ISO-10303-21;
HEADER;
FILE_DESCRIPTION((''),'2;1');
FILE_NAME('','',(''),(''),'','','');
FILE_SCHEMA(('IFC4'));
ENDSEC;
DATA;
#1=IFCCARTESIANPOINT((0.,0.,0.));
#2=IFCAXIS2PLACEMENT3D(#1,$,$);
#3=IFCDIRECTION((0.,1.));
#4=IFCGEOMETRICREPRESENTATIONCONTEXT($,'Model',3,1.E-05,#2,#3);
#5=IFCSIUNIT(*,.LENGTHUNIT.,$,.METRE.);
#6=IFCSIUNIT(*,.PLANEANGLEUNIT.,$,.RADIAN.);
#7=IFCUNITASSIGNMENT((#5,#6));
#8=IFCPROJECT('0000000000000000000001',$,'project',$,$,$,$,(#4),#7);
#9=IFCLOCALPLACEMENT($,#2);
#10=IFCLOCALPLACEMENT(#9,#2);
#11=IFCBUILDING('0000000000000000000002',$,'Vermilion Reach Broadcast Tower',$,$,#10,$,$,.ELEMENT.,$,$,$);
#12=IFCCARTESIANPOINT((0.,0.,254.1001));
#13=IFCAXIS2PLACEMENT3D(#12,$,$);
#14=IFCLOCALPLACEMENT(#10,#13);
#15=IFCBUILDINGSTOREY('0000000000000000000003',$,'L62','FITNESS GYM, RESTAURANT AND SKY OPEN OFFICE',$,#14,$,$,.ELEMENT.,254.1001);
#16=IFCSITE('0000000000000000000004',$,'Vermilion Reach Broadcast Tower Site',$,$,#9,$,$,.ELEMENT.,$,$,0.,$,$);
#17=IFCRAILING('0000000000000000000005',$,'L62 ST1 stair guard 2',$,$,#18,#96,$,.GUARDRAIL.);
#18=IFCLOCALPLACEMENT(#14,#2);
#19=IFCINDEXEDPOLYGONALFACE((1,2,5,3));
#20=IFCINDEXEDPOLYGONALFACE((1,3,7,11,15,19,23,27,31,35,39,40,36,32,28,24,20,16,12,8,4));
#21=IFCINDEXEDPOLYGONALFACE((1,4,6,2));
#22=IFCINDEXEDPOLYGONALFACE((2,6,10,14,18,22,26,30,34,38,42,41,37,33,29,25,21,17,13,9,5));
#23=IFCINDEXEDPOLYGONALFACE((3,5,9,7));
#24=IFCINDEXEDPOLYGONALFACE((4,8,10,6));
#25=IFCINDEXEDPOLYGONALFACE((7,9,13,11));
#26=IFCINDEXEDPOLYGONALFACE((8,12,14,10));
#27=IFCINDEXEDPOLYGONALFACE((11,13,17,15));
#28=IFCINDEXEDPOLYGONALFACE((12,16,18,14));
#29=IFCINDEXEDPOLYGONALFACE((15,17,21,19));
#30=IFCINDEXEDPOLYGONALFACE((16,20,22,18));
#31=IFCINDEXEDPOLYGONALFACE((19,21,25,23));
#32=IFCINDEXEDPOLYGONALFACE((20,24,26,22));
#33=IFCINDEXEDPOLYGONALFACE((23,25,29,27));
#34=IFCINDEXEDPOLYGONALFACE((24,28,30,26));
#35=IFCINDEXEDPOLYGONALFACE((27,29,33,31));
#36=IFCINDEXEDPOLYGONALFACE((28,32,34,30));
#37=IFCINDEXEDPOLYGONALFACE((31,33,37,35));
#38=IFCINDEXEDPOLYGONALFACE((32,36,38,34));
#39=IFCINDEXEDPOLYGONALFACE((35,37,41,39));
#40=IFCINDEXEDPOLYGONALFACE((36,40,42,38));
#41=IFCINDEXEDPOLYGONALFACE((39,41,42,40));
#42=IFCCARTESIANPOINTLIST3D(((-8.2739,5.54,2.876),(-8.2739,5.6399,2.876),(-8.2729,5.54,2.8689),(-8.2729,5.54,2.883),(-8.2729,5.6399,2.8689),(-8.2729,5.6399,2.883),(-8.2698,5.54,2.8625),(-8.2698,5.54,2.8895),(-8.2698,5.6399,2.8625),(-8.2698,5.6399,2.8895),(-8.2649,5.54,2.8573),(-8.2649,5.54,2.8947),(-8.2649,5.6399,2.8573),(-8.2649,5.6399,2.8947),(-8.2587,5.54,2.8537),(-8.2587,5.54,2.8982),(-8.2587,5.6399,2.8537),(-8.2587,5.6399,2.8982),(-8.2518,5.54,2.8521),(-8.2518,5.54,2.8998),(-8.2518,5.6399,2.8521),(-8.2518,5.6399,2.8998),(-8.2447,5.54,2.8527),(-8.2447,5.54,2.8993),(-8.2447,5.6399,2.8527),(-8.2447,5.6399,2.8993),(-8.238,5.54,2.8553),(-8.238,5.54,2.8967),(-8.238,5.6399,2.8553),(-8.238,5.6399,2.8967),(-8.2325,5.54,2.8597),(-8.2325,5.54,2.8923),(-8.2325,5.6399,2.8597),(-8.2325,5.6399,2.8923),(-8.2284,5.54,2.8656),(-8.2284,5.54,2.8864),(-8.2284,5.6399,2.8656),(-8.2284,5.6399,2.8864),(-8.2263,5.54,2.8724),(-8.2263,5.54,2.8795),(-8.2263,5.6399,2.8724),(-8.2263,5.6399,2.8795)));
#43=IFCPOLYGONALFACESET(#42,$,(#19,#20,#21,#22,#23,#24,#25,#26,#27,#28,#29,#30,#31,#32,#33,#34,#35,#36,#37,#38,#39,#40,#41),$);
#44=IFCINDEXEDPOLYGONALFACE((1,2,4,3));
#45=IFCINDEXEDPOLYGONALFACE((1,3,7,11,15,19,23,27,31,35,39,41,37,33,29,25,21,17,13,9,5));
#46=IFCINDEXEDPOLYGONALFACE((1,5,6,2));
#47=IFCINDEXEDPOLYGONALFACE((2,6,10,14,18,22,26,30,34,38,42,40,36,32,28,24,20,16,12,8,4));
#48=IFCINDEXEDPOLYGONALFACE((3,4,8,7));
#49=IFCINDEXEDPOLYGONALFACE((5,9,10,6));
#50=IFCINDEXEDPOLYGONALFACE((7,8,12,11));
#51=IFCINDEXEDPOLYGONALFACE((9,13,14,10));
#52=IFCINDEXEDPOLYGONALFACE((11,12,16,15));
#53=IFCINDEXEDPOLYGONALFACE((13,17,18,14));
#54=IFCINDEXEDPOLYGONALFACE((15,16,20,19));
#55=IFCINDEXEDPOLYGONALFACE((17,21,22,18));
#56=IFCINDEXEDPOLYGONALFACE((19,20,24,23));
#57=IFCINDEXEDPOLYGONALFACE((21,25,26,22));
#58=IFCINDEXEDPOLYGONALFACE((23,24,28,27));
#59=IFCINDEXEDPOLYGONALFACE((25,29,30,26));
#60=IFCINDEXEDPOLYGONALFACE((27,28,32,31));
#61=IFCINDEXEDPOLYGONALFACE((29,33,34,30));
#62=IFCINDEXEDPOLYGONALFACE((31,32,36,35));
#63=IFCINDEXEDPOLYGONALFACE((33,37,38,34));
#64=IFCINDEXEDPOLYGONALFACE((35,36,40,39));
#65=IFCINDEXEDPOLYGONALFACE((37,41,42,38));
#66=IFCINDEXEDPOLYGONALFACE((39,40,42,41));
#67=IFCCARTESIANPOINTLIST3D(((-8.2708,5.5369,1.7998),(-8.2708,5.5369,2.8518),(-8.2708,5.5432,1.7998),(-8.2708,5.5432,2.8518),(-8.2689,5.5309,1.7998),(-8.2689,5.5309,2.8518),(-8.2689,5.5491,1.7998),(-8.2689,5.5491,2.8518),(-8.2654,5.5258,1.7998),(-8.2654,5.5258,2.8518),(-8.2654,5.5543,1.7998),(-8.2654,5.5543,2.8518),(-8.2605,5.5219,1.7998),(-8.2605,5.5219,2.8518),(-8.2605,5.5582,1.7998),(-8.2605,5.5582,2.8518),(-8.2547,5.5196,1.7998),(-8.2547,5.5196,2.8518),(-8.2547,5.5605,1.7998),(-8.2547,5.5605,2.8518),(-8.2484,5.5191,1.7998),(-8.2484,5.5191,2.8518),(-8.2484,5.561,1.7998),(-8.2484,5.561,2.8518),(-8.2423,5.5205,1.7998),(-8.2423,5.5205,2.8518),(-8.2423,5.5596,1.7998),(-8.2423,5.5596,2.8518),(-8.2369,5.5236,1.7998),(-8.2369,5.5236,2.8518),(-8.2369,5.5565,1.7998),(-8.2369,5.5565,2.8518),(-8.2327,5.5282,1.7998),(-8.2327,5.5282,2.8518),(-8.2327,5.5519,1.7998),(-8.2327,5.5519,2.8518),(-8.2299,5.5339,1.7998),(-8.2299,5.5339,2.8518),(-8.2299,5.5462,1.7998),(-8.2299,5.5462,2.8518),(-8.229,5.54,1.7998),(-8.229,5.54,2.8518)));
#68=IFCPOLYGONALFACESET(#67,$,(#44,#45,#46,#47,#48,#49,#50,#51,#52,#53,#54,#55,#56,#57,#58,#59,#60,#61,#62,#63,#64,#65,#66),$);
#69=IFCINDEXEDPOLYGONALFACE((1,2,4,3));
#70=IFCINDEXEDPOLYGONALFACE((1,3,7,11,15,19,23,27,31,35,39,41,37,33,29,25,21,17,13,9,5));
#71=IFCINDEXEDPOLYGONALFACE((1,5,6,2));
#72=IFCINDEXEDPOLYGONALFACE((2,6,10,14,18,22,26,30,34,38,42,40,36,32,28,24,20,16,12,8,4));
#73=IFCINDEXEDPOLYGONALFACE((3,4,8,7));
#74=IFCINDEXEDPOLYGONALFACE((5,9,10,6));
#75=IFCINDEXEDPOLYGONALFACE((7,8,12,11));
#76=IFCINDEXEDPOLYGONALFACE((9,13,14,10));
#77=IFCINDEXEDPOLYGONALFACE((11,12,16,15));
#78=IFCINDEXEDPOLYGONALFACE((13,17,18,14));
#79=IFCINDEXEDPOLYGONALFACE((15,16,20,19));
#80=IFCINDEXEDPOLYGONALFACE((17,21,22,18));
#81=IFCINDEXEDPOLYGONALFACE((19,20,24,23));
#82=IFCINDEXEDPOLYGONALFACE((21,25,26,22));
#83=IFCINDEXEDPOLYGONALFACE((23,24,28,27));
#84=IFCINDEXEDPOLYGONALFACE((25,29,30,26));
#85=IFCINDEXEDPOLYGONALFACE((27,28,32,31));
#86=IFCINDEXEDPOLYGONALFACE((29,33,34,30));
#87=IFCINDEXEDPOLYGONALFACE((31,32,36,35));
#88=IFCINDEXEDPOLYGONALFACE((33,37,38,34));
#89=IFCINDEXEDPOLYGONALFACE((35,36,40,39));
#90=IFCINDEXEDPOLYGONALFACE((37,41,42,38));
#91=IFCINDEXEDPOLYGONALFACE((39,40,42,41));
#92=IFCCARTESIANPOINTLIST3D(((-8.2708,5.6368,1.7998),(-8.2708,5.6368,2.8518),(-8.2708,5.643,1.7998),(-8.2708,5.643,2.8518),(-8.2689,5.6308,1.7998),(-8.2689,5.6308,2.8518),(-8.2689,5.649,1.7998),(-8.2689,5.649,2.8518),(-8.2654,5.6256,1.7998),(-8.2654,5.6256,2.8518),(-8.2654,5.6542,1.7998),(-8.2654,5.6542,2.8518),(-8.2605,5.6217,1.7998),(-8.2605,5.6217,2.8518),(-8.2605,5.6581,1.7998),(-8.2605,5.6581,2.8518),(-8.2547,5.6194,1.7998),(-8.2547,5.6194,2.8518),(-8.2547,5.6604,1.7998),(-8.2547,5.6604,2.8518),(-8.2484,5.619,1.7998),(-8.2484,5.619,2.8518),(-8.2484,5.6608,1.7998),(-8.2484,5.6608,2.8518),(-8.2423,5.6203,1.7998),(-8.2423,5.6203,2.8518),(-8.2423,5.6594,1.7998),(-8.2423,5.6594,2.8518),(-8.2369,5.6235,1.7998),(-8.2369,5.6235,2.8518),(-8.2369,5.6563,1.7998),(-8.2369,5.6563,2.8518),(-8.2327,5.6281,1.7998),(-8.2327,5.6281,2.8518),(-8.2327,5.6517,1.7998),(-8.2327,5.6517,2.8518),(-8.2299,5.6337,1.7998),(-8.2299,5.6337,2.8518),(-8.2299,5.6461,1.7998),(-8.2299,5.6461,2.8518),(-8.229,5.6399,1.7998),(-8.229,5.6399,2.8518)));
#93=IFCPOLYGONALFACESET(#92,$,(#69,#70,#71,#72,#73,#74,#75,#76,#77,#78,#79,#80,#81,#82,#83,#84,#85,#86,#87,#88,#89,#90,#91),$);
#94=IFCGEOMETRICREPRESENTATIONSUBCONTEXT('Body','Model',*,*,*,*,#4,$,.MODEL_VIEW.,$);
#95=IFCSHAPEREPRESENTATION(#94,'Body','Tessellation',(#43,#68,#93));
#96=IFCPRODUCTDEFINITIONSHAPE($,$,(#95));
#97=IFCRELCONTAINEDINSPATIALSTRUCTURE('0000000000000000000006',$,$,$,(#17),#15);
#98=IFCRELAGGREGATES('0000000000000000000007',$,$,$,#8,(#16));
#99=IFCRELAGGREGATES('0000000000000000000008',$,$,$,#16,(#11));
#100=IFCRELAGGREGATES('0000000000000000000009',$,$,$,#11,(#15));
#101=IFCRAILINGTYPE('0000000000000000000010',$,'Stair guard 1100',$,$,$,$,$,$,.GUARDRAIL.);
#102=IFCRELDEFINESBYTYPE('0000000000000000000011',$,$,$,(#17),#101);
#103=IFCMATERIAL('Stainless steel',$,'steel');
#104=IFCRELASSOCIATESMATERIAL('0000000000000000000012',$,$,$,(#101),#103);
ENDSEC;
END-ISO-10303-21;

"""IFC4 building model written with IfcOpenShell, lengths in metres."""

from ifc_helpers import new_model, si_unit, direction, frame, origin, origin_2d, place, context, subcontext, project, spatial, circle, extrude, material, type_object, element, save


model = new_model("IFC4")

# Units and contexts
model_context = context("Model", 3, precision=1e-05, world=origin(), true_north=direction((0.0, 1.0)))
body_context = subcontext(model_context, "Body", "Model", "MODEL_VIEW")
ifc_project = project(units=[si_unit("LENGTHUNIT", "METRE"), si_unit("PLANEANGLEUNIT", "RADIAN")], contexts=[model_context])

# Site, building, storey
site_placement = place(None, origin())
site = spatial("IfcSite", under=ifc_project, at=site_placement, Name="Vermilion Reach Broadcast Tower Site", CompositionType="ELEMENT", RefElevation=0.0)
building_placement = place(site_placement, origin())
building = spatial("IfcBuilding", under=site, at=building_placement, Name="Vermilion Reach Broadcast Tower", CompositionType="ELEMENT")
storey_placement = place(building_placement, frame((0.0, 0.0, 254.1001)))
storey = spatial("IfcBuildingStorey", under=building, at=storey_placement, Name="L62", Description="FITNESS GYM, RESTAURANT AND SKY OPEN OFFICE", CompositionType="ELEMENT", Elevation=254.1001)

# Railing
ifc_material_1 = material(Name="Stainless steel", Category="steel")
railing_type_1 = type_object("IfcRailingType", Name="Stair guard 1100", PredefinedType="GUARDRAIL", material=ifc_material_1)
railing_1_placement = place(storey_placement, frame((-8.25, 5.54, 1.7998)))
element("IfcRailing", 1, at=railing_1_placement, inside=storey, type_object=railing_type_1, Name="L62 ST1 stair guard 2", PredefinedType="GUARDRAIL", context=body_context, shape_type="SweptSolid", body=[
    extrude(circle(Radius=0.0239, at=origin_2d()), frame((0.0, 0.0, 1.0762), z_axis=(0.0, 1.0, 0.0), x_axis=(-1.0, 0.0, 0.0)), (0.0, 0.0, 1.0), 0.0999),
    extrude(circle(Radius=0.021, at=origin_2d()), origin(), (0.0, 0.0, 1.0), 1.052),
    extrude(circle(Radius=0.021, at=origin_2d()), frame((0.0, 0.0999, 0.0)), (0.0, 0.0, 1.0), 1.052),
])

save(model, "model.ifc")
